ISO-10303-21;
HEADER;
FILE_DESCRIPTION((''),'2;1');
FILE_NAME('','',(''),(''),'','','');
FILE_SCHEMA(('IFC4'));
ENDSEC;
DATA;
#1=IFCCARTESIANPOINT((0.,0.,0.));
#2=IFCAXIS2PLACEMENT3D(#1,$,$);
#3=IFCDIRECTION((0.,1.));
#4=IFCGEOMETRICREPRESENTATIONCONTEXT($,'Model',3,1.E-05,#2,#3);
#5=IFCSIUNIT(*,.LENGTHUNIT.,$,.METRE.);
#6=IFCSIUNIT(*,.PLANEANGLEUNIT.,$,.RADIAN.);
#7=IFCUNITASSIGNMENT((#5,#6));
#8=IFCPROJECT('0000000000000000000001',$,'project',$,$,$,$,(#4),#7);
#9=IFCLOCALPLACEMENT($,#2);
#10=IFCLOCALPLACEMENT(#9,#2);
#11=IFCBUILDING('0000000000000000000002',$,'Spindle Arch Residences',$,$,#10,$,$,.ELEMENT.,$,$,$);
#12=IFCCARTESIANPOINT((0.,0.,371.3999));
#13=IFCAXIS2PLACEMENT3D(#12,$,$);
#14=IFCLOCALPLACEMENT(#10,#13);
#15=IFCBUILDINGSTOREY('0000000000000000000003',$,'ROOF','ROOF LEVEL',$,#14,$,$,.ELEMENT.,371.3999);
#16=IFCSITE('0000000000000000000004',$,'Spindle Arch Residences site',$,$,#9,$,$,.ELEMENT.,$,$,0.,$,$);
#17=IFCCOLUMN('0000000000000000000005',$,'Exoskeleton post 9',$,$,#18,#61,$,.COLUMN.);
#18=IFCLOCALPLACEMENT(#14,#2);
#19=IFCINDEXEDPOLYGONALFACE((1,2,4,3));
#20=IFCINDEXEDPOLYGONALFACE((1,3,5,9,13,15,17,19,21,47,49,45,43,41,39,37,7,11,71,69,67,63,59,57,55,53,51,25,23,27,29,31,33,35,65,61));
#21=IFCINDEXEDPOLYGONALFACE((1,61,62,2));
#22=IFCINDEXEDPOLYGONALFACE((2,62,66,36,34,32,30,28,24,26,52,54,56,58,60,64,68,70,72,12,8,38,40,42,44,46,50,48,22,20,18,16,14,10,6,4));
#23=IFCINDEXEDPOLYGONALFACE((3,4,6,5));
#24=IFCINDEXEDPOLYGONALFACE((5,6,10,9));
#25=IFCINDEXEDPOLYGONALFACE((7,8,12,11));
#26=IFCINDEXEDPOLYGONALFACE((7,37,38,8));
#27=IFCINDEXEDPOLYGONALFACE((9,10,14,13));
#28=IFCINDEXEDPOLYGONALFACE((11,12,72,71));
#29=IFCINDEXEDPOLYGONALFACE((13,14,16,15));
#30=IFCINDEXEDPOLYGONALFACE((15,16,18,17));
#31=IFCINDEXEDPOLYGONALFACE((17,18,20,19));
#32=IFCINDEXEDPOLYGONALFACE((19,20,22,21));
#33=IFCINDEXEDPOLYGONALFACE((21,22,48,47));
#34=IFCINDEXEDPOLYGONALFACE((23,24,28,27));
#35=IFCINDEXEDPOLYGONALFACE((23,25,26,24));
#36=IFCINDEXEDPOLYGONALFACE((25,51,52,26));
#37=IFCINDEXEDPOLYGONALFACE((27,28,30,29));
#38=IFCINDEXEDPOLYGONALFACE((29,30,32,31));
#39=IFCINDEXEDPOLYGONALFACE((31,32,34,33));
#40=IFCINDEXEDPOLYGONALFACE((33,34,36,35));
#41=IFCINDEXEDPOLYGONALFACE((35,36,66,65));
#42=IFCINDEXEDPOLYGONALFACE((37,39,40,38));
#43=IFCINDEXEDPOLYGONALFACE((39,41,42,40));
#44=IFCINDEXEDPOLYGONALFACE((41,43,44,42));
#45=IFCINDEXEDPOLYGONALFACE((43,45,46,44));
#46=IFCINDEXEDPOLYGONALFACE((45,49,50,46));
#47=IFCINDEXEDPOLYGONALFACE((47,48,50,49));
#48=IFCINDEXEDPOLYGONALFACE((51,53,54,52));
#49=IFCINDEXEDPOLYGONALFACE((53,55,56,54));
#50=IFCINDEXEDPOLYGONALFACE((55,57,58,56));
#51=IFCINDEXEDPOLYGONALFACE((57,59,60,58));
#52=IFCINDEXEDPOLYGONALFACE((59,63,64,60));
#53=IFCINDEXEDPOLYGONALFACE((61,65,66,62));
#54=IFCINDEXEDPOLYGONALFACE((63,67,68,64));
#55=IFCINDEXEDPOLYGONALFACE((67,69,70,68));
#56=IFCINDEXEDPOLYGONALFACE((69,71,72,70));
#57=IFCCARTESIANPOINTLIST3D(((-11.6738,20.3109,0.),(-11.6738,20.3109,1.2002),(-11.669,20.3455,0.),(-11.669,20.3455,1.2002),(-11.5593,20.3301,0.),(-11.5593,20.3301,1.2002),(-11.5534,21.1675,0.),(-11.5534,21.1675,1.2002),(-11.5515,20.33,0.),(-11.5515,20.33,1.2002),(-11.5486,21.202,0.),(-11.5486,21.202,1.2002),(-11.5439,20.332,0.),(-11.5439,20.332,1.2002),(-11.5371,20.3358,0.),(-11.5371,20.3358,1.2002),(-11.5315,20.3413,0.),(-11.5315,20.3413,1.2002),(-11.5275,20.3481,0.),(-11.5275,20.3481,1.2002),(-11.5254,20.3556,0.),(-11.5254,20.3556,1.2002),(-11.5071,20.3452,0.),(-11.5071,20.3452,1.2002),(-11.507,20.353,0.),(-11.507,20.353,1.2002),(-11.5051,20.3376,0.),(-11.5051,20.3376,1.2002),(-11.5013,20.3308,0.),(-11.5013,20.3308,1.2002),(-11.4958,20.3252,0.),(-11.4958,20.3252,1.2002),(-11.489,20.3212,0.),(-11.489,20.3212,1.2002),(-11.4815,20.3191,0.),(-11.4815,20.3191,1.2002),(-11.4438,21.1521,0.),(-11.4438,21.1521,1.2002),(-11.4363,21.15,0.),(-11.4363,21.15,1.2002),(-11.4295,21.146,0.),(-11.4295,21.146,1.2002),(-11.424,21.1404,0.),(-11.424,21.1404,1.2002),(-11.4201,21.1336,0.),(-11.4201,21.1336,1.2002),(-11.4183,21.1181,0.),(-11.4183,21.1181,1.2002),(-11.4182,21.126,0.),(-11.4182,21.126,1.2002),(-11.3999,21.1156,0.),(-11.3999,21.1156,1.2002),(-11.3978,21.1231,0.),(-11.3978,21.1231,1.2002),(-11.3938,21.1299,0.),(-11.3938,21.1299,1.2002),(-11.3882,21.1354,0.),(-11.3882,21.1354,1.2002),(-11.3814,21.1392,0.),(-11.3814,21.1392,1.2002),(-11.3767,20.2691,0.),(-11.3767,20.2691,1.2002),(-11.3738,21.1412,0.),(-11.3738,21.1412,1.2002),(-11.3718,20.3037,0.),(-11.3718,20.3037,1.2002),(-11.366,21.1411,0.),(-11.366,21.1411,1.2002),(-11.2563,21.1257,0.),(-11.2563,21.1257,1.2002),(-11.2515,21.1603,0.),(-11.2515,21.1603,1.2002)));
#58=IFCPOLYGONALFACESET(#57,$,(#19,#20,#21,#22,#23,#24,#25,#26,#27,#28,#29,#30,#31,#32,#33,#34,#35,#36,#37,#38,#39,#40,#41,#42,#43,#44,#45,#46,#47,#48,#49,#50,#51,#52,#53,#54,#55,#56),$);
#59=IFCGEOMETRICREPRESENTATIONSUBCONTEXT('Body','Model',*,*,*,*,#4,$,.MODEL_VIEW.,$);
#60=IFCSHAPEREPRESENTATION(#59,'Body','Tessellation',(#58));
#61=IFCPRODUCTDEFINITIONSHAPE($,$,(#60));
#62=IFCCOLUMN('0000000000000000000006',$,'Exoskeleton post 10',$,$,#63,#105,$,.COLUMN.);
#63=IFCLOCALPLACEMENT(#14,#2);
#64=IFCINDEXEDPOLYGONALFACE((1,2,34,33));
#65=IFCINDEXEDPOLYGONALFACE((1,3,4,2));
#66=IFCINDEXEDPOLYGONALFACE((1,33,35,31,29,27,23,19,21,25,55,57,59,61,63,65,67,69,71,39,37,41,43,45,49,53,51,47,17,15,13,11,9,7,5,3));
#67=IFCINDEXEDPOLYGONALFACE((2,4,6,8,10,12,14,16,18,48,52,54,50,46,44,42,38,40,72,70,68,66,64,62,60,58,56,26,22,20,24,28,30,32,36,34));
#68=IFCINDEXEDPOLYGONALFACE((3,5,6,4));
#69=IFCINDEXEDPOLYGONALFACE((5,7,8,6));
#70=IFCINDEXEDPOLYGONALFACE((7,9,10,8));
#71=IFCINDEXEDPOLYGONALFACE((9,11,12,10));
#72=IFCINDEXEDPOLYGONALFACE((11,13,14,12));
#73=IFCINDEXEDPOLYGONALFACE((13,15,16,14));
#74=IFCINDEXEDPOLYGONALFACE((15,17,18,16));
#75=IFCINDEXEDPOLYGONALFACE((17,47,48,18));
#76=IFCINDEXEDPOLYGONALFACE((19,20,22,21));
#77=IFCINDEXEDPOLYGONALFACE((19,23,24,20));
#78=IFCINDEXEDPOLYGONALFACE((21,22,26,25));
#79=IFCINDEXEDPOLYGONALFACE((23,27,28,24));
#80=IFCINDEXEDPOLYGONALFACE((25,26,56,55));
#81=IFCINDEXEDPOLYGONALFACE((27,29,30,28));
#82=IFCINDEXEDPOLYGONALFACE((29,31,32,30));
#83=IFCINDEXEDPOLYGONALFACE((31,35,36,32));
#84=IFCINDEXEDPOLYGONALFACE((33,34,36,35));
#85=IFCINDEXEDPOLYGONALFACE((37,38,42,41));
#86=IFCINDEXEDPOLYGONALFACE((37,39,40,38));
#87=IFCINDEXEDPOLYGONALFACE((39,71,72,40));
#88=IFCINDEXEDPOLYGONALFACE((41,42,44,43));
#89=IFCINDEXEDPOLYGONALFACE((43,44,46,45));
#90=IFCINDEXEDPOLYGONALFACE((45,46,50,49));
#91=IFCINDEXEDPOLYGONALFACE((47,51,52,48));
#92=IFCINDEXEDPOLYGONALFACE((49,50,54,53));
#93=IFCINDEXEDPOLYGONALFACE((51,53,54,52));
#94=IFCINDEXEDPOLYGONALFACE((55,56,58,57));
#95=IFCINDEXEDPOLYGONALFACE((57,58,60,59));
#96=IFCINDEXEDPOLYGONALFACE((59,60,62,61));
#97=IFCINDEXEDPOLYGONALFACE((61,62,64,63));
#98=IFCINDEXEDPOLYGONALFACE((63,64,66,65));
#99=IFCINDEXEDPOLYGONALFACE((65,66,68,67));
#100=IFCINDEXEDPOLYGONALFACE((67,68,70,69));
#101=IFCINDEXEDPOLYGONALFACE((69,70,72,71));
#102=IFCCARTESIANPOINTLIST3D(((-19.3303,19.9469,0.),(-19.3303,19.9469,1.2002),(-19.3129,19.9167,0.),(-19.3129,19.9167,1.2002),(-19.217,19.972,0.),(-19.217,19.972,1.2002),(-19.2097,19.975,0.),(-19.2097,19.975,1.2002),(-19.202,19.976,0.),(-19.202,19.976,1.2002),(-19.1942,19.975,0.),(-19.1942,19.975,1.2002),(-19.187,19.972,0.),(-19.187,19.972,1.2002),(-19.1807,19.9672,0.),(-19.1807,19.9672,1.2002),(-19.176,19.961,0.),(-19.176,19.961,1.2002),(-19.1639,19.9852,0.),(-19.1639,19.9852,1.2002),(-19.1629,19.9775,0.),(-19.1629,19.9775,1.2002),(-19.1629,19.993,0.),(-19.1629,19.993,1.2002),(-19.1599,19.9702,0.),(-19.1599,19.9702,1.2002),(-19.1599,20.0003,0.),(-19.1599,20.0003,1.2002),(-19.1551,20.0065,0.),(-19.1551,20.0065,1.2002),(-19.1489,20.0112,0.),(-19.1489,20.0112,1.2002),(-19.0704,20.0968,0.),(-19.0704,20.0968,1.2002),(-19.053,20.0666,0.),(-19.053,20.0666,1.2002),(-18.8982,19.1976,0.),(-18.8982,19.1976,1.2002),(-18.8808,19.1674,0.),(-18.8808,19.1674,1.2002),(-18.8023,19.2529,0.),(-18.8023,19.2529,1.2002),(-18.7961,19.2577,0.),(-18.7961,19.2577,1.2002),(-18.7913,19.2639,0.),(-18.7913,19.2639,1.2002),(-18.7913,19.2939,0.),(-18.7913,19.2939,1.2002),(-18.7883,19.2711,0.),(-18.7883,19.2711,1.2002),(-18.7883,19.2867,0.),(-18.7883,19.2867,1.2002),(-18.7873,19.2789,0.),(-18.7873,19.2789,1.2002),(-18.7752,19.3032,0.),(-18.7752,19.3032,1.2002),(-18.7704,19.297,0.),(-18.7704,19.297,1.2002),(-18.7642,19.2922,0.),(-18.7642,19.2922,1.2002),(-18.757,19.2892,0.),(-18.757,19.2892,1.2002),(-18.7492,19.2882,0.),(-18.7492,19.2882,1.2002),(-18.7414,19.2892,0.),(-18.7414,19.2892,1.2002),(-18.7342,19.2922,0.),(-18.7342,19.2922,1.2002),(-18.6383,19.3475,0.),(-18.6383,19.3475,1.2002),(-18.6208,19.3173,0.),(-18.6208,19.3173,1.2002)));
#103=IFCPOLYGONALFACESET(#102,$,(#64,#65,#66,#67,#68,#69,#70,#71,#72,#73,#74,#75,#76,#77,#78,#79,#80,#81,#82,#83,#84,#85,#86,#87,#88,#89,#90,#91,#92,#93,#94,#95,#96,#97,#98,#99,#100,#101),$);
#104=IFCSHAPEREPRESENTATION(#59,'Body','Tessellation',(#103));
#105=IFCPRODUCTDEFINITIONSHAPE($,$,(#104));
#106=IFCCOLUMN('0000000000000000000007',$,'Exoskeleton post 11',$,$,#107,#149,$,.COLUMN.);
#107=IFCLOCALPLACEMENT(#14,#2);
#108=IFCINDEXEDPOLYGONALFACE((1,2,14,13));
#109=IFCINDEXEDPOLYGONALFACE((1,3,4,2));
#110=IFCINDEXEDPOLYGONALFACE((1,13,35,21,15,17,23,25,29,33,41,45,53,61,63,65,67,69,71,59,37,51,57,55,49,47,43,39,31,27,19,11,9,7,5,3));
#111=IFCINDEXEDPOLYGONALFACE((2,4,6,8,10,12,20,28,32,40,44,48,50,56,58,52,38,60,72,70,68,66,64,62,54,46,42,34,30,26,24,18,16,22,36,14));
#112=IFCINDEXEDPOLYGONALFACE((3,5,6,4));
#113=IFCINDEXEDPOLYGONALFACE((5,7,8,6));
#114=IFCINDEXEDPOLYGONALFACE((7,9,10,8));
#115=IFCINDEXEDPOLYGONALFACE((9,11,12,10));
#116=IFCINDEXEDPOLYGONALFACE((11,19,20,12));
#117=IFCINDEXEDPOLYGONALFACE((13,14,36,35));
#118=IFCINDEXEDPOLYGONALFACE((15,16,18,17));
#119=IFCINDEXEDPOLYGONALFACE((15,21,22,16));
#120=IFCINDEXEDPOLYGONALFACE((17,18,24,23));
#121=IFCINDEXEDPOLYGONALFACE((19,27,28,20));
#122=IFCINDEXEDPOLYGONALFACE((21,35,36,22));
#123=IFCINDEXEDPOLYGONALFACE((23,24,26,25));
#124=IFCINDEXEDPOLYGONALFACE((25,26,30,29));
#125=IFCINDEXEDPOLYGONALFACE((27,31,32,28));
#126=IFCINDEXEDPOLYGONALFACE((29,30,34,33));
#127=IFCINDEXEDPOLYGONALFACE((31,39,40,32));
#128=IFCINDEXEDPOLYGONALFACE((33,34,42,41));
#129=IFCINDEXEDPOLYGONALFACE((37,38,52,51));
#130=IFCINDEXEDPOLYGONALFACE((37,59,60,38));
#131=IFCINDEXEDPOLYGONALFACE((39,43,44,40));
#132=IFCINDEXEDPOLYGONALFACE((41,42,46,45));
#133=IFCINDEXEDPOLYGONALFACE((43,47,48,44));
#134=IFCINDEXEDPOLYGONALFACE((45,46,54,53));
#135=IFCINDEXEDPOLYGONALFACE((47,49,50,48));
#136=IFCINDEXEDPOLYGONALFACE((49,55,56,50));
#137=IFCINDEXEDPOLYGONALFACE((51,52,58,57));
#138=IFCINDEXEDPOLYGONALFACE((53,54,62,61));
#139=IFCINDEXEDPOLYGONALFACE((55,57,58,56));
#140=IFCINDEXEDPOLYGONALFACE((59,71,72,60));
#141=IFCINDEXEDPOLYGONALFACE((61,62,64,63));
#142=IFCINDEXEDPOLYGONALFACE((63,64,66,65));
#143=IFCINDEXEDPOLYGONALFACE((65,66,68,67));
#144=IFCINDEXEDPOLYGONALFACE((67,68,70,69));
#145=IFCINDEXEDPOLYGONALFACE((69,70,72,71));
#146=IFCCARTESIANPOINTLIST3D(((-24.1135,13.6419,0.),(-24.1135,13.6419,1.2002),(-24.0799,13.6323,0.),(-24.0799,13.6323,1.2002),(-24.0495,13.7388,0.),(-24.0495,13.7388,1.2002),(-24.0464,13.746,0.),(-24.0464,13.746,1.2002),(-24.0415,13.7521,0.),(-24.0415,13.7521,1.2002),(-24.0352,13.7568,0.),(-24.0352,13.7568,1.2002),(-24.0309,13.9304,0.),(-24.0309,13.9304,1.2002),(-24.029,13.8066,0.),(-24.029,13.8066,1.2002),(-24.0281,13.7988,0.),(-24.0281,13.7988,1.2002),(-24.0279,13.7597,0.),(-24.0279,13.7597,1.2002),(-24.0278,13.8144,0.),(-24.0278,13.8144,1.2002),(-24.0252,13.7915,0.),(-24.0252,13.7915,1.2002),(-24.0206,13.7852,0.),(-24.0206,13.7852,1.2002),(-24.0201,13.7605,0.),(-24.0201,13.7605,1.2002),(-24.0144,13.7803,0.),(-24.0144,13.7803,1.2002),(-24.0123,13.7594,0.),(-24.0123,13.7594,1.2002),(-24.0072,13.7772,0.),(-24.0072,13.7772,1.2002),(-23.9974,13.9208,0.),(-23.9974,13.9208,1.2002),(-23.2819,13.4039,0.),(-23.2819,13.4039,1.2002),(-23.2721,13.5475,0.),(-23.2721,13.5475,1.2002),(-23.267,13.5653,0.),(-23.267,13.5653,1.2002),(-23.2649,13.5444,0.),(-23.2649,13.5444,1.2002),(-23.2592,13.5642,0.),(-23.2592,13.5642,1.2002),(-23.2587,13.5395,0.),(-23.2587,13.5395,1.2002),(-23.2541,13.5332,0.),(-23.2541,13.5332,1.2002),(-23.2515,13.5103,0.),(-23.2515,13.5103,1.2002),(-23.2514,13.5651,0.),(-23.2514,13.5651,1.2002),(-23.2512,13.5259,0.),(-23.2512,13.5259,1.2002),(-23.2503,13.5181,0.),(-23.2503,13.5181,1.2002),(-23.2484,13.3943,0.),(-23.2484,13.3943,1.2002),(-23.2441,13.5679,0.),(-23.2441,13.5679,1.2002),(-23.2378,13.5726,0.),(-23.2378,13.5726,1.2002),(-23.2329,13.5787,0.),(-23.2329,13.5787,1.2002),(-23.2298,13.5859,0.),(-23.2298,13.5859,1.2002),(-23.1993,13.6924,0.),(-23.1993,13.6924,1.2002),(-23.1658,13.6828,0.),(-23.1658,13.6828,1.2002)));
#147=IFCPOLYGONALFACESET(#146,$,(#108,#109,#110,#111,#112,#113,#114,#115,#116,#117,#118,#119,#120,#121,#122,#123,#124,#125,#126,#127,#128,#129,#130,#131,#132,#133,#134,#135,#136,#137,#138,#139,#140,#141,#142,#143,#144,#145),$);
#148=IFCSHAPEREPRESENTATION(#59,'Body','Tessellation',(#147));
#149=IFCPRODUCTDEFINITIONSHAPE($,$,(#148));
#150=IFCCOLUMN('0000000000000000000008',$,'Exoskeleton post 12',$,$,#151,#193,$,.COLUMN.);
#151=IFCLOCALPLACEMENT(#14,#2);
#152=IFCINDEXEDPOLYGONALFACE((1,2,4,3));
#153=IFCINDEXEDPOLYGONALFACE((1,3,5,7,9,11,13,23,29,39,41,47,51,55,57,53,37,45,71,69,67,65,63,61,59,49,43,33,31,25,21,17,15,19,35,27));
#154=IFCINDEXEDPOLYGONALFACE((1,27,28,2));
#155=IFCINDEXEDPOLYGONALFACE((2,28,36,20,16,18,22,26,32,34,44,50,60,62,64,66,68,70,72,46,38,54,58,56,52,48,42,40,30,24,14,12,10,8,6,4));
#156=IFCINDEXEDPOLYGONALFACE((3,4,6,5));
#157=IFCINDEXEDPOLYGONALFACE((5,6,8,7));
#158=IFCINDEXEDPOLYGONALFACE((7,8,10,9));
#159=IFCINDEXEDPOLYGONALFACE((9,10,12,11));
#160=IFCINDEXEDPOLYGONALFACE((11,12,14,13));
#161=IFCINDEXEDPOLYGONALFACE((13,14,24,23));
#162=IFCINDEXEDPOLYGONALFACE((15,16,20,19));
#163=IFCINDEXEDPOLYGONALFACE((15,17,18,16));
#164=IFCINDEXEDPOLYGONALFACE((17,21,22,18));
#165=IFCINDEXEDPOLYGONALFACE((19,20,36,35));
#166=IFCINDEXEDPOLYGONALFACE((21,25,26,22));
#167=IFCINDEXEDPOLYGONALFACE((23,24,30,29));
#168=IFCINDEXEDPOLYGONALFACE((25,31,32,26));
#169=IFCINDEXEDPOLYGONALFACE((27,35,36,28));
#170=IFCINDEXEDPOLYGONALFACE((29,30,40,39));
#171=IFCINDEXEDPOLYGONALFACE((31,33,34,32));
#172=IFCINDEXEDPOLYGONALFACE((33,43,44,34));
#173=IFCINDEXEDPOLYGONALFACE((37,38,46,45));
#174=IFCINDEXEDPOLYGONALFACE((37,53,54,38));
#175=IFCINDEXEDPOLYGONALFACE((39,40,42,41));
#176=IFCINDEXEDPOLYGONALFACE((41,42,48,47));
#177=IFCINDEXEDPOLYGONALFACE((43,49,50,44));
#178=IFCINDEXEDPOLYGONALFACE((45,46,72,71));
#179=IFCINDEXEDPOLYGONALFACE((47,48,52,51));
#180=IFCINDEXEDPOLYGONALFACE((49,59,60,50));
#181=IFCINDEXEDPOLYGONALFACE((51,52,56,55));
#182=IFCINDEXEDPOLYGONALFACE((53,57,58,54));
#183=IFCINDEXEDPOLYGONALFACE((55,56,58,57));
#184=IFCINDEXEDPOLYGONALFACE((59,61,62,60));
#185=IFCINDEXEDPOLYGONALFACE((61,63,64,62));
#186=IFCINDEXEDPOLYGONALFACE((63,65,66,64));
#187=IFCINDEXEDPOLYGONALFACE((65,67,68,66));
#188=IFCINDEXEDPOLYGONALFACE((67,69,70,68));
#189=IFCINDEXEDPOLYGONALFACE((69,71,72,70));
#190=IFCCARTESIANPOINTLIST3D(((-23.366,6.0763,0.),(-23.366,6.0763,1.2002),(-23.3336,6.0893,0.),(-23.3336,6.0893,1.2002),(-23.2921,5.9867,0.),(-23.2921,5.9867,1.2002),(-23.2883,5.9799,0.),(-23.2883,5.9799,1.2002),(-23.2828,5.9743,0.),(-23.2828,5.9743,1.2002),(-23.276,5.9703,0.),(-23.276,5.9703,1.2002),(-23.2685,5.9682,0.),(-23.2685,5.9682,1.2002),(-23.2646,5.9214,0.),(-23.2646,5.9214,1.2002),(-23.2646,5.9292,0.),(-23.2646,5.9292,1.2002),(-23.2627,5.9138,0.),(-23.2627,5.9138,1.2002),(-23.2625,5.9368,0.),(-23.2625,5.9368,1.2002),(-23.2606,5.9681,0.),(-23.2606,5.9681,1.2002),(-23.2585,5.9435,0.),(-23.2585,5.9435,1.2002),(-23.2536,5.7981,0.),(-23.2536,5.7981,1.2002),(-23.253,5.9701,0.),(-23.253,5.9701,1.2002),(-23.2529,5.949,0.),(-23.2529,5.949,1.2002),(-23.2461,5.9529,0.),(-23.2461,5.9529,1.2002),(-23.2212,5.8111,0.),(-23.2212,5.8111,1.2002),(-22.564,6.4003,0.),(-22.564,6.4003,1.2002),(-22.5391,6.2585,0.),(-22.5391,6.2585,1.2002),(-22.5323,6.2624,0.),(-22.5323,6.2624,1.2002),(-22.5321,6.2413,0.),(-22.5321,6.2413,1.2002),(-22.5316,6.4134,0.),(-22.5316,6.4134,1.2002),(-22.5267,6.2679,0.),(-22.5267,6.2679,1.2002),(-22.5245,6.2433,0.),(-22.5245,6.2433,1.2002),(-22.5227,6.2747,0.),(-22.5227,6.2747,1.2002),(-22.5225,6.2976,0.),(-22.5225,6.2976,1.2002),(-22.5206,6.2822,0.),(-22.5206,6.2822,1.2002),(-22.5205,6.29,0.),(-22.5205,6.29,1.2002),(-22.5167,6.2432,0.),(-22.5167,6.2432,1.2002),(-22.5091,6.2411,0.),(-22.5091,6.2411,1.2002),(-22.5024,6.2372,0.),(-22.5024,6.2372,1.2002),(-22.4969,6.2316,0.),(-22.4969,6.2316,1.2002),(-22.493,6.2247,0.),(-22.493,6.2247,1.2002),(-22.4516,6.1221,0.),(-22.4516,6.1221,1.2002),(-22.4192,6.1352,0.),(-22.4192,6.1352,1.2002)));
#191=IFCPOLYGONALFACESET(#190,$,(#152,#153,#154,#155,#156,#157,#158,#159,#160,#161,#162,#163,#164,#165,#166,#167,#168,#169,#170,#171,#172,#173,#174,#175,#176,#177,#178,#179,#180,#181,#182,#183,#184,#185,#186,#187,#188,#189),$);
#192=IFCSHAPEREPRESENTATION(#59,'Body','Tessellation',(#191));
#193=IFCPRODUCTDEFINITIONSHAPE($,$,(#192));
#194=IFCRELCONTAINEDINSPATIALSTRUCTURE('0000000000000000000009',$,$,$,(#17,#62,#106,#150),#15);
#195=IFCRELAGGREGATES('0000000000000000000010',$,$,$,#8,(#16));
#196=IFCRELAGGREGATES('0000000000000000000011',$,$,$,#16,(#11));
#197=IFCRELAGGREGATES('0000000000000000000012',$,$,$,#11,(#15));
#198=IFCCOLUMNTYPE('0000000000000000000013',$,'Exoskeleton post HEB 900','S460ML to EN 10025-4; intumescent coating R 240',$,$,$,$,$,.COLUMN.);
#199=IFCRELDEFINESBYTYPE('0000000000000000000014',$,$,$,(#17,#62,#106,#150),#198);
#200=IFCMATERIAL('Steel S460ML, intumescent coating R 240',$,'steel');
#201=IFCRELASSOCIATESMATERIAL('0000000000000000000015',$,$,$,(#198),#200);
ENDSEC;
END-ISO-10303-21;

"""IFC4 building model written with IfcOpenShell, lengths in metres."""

from ifc_helpers import new_model, si_unit, direction, frame, origin, origin_2d, place, context, subcontext, project, spatial, i_section, extrude, material, material_profile, profile_set, type_object, element, save


model = new_model("IFC4")

# Units and contexts
model_context = context("Model", 3, precision=1e-05, world=origin(), true_north=direction((0.0, 1.0)))
body_context = subcontext(model_context, "Body", "Model", "MODEL_VIEW")
ifc_project = project(units=[si_unit("LENGTHUNIT", "METRE"), si_unit("PLANEANGLEUNIT", "RADIAN")], contexts=[model_context])

# Site, building, storey
site_placement = place(None, origin())
site = spatial("IfcSite", under=ifc_project, at=site_placement, Name="Spindle Arch Residences site", CompositionType="ELEMENT", RefElevation=0.0)
building_placement = place(site_placement, origin())
building = spatial("IfcBuilding", under=site, at=building_placement, Name="Spindle Arch Residences", CompositionType="ELEMENT")
storey_placement = place(building_placement, frame((0.0, 0.0, 371.3999)))
storey = spatial("IfcBuildingStorey", under=building, at=storey_placement, Name="ROOF", Description="ROOF LEVEL", CompositionType="ELEMENT", Elevation=371.3999)

# Columns
ifc_material_1 = material(Name="Steel S460ML, intumescent coating R 240", Category="steel")
ifc_material_profile = material_profile(ifc_material_1, i_section(OverallWidth=0.3, OverallDepth=0.8999, WebThickness=0.0186, FlangeThickness=0.0349, FilletRadius=0.03, at=origin_2d()), Name="HEB 900")
ifc_profile_set = profile_set([ifc_material_profile], Name="Steel S460ML, intumescent coating R 240")
column_type = type_object("IfcColumnType", Name="Exoskeleton post HEB 900", Description="S460ML to EN 10025-4; intumescent coating R 240", PredefinedType="COLUMN", material=ifc_profile_set)
for number, where, z_axis, x_axis, name in (
    (1, (-11.4626, 20.7356, 0.0), (0.0, 0.0, 1.0), (0.990268, -0.139173, 0.0), "Exoskeleton post 9"),
    (2, (-18.9756, 19.6321, 0.0), (0.0, 0.0, 1.0), (0.866257, 0.499599, 0.0), "Exoskeleton post 10"),
    (3, (-23.6396, 13.6624, 0.0), (0.0, 0.0, 1.0), (0.275193, 0.961389, 0.0), "Exoskeleton post 11"),
    (4, (-22.8926, 6.1057, 0.0), (0.0, 0.0, 1.0), (-0.374607, 0.927184, 0.0), "Exoskeleton post 12"),
):
    element("IfcColumn", number, at=place(storey_placement, frame(where, z_axis=z_axis, x_axis=x_axis)), inside=storey, type_object=column_type, Name=name, PredefinedType="COLUMN", context=body_context, shape_type="SweptSolid", body=[
        extrude(i_section(OverallWidth=0.3, OverallDepth=0.8999, WebThickness=0.0186, FlangeThickness=0.0349, FilletRadius=0.03, at=origin_2d()), origin(), (0.0, 0.0, 1.0), 1.2002),
    ])

save(model, "model.ifc")
